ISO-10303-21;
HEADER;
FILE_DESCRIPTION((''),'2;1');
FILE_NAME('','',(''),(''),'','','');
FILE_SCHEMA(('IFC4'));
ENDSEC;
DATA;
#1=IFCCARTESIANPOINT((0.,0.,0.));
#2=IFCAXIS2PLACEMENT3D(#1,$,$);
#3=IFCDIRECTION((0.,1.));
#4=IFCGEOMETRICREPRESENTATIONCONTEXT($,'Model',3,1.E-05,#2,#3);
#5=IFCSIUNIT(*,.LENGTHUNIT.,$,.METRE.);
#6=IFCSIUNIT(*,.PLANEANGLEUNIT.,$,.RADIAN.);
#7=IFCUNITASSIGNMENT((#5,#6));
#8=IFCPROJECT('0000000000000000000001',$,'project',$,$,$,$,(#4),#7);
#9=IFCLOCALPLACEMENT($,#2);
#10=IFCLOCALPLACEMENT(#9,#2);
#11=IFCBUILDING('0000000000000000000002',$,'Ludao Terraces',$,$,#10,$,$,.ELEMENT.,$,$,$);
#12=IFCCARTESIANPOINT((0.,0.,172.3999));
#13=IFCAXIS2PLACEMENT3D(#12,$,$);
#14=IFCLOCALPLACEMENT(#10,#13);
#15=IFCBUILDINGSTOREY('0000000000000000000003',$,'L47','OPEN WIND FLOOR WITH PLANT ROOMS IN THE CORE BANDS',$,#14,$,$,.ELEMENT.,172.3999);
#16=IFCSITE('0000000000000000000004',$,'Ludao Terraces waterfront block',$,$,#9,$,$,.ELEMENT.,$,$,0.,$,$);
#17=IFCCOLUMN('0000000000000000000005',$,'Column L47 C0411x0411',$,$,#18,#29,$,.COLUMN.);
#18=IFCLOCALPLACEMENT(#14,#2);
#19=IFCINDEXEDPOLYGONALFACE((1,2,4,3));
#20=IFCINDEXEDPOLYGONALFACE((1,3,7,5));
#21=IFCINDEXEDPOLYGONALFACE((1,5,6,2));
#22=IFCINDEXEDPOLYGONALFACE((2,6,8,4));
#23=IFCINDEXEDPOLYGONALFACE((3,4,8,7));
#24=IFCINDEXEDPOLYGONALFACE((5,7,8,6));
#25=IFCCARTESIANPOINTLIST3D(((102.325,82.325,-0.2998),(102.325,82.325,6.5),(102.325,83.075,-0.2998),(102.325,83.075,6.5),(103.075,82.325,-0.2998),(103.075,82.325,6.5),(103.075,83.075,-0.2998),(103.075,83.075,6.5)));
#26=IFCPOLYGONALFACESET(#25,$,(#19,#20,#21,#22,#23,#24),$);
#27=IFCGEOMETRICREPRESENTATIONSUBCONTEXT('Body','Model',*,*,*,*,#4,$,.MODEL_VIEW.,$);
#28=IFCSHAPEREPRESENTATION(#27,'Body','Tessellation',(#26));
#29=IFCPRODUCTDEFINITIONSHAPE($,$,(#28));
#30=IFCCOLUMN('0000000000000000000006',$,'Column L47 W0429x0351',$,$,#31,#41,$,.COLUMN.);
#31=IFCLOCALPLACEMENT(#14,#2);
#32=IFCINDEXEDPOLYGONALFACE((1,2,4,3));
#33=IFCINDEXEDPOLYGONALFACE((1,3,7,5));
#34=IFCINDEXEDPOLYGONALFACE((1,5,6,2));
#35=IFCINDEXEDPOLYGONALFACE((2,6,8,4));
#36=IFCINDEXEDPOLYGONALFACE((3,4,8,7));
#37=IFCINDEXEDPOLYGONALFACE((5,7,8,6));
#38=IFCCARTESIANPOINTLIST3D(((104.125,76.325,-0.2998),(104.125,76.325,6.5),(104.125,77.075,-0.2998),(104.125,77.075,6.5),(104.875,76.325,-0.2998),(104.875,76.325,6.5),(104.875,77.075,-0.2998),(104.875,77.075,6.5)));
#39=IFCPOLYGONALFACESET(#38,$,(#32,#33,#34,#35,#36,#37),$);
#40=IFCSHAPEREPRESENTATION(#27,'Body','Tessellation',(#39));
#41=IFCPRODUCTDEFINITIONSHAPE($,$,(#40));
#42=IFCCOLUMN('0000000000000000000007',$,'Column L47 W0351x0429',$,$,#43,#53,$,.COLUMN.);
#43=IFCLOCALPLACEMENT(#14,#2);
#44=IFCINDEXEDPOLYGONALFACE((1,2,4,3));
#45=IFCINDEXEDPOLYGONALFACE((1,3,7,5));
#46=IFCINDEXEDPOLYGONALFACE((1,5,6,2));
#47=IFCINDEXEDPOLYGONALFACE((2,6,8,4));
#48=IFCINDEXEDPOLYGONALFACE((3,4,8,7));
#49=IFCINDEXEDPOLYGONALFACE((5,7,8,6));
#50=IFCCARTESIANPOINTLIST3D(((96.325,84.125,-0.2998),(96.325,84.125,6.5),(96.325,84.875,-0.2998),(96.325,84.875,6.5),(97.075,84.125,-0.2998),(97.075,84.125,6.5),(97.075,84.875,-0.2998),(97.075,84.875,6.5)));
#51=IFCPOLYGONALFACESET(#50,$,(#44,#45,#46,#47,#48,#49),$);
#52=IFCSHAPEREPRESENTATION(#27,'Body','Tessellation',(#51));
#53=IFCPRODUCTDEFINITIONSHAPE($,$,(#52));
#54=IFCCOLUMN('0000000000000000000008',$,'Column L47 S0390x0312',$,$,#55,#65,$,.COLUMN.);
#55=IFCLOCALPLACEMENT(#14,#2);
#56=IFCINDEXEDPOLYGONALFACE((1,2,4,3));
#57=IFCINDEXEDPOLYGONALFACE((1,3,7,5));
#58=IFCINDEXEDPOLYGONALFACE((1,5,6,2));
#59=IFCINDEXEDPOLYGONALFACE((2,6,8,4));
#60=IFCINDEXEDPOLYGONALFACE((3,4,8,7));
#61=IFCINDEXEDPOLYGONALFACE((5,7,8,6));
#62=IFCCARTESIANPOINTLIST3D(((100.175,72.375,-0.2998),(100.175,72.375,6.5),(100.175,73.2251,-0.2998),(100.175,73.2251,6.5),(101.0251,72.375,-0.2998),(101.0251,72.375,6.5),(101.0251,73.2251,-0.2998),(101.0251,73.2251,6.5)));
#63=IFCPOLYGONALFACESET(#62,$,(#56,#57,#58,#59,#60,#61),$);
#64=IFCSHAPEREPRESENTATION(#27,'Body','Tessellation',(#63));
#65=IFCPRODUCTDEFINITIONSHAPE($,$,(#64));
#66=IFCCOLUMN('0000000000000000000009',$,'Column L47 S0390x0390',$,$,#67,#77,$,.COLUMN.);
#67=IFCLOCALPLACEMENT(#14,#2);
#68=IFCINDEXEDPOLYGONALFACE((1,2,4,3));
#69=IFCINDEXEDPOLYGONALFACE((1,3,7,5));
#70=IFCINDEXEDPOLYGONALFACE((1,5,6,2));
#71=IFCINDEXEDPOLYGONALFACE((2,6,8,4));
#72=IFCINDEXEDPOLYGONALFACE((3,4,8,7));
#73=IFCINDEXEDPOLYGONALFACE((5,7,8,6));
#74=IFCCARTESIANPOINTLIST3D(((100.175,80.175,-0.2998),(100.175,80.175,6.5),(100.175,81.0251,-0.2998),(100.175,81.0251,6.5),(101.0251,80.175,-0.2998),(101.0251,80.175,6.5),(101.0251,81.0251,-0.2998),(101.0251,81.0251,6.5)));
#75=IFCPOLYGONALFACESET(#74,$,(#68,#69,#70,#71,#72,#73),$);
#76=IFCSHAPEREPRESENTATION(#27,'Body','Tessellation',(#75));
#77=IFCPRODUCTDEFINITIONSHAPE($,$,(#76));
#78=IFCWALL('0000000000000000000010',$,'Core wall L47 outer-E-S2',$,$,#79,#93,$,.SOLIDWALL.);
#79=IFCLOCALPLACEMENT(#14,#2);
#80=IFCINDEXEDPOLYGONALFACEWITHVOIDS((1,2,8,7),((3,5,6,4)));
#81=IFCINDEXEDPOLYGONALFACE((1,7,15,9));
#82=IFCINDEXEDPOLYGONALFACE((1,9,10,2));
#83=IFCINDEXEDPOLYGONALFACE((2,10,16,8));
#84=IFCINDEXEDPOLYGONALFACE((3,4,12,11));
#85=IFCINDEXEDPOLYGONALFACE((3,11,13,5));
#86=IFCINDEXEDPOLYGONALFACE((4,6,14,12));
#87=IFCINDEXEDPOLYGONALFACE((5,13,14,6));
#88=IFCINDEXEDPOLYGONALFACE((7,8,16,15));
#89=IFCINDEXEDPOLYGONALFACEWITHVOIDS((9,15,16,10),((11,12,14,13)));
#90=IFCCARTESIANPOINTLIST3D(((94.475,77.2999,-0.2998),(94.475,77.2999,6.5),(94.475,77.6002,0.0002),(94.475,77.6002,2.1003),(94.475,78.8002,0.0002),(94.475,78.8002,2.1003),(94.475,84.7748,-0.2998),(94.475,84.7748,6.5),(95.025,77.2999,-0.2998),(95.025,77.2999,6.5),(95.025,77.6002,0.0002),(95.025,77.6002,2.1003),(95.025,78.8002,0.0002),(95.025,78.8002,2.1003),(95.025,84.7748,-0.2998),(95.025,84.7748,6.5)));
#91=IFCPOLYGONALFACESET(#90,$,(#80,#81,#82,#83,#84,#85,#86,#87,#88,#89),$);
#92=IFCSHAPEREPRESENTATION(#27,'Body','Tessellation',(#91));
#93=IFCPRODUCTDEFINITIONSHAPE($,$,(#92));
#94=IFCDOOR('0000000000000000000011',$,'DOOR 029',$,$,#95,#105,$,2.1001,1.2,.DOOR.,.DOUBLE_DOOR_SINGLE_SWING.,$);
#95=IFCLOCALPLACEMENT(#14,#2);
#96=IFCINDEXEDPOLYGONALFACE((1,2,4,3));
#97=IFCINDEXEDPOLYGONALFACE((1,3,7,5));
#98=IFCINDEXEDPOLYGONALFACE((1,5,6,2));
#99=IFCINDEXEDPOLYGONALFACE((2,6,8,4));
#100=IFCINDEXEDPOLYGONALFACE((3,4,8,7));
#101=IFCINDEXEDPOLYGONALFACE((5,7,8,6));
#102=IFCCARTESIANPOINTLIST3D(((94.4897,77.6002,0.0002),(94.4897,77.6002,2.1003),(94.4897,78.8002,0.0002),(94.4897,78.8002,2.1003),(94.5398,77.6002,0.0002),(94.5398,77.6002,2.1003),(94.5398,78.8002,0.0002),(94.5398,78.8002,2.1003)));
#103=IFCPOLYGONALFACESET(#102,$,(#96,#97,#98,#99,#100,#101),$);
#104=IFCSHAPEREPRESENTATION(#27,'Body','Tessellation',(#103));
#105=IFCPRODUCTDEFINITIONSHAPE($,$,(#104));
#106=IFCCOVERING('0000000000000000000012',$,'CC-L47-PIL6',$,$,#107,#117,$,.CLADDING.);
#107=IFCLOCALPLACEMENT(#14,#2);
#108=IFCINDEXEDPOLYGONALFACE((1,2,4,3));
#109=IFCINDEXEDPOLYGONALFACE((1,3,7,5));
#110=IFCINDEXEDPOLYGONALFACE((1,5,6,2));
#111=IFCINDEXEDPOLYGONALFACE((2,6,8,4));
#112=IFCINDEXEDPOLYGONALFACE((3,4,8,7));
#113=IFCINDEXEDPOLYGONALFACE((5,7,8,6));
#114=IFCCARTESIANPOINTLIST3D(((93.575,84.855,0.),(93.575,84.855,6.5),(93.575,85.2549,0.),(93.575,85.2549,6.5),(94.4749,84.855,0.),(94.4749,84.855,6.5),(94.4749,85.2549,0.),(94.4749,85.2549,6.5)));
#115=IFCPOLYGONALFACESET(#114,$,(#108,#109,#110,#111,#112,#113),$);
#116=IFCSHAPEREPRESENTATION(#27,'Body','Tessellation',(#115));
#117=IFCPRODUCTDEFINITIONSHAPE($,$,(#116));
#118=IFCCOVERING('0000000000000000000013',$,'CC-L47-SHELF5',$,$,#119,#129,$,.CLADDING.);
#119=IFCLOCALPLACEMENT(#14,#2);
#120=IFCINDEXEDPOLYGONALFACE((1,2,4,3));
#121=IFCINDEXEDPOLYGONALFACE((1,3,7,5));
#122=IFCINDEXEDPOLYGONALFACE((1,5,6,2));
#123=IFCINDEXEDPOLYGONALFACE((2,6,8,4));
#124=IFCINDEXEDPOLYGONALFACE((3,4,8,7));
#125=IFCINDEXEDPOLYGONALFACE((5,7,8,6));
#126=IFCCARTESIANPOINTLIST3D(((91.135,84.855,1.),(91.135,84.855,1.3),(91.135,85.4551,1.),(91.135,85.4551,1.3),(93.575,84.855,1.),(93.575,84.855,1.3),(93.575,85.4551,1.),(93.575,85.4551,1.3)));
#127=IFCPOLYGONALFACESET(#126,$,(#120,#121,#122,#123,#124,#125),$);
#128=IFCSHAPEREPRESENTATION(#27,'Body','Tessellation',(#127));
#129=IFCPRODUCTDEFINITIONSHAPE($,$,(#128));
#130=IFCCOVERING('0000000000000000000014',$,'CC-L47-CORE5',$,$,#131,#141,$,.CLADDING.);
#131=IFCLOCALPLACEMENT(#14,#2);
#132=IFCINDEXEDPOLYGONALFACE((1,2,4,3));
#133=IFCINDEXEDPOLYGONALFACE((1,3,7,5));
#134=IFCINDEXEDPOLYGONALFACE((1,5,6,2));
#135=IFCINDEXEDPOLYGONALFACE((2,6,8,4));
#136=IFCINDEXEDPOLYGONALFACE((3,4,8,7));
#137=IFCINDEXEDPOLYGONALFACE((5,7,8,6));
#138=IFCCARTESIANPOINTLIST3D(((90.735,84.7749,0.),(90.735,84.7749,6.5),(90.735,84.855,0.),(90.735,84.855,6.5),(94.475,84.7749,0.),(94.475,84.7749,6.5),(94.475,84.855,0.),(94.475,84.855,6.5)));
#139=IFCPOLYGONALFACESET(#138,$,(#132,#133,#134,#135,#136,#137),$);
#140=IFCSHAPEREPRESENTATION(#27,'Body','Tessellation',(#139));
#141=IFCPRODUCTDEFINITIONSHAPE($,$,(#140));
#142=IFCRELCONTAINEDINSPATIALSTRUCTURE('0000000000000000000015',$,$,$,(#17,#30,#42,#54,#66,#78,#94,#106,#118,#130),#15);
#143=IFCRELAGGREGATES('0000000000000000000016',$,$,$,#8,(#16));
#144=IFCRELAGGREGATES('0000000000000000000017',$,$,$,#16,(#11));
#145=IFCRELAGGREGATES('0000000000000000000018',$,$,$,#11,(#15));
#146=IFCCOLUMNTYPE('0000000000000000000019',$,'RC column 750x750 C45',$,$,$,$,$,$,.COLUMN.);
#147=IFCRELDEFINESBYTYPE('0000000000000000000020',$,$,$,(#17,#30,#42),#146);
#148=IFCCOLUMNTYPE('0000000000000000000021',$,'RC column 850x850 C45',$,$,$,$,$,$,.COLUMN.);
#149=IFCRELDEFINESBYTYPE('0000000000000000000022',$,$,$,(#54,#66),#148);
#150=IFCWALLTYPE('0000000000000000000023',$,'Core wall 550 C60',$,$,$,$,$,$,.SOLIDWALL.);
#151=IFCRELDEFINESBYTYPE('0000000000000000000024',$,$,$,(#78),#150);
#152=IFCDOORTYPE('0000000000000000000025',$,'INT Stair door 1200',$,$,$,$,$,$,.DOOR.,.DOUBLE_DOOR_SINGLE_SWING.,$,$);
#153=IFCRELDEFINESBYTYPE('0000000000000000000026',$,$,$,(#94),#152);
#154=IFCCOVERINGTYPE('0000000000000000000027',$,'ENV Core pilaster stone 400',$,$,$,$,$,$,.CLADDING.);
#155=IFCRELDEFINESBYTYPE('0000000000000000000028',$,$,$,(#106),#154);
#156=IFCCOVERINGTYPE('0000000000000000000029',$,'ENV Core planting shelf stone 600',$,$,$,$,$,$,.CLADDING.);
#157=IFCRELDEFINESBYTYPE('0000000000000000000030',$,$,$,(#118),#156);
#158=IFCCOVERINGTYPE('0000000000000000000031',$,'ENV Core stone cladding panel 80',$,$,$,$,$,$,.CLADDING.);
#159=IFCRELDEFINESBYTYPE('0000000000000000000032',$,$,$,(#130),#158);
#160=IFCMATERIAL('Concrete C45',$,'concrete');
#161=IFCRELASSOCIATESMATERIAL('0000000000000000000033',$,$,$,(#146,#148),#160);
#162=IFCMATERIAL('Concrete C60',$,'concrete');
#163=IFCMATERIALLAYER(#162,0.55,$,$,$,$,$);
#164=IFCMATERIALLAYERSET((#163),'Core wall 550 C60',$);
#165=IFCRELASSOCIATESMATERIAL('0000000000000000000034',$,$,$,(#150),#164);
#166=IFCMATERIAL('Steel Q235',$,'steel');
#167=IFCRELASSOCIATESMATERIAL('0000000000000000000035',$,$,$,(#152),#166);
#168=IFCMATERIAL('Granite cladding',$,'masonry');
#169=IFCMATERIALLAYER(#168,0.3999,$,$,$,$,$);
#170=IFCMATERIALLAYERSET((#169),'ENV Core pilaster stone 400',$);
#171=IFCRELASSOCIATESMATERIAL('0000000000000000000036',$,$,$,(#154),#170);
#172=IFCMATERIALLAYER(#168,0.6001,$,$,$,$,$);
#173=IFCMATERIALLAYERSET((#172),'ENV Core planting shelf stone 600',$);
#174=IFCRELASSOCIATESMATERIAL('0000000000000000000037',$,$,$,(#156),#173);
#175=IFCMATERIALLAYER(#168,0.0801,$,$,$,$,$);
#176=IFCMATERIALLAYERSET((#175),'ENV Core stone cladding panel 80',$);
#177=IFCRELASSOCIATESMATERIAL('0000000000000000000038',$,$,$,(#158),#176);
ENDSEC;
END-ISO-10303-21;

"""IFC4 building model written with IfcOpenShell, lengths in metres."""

from ifc_helpers import new_model, si_unit, direction, frame, frame_2d, origin, origin_2d, place, context, subcontext, project, spatial, rectangle, extrude, material, layer, layer_set, material_profile, profile_set, type_object, element, fill, save


model = new_model("IFC4")

# Units and contexts
model_context = context("Model", 3, precision=1e-05, world=origin(), true_north=direction((0.0, 1.0)))
body_context = subcontext(model_context, "Body", "Model", "MODEL_VIEW")
ifc_project = project(units=[si_unit("LENGTHUNIT", "METRE"), si_unit("PLANEANGLEUNIT", "RADIAN")], contexts=[model_context])

# Site, building, storey
site_placement = place(None, origin())
site = spatial("IfcSite", under=ifc_project, at=site_placement, Name="Ludao Terraces waterfront block", CompositionType="ELEMENT", RefElevation=0.0)
building_placement = place(site_placement, origin())
building = spatial("IfcBuilding", under=site, at=building_placement, Name="Ludao Terraces", CompositionType="ELEMENT")
storey_placement = place(building_placement, frame((0.0, 0.0, 172.3999)))
storey = spatial("IfcBuildingStorey", under=building, at=storey_placement, Name="L47", Description="OPEN WIND FLOOR WITH PLANT ROOMS IN THE CORE BANDS", CompositionType="ELEMENT", Elevation=172.3999)

# Columns
ifc_material_1 = material(Name="Concrete C45", Category="concrete")
ifc_material_profile_1 = material_profile(ifc_material_1, rectangle(XDim=0.75, YDim=0.75, at=origin_2d()), Name="750 X 750")
ifc_profile_set_1 = profile_set([ifc_material_profile_1], Name="Concrete C45")
column_type_1 = type_object("IfcColumnType", Name="RC column 750x750 C45", PredefinedType="COLUMN", material=ifc_profile_set_1)
for number, where, z_axis, x_axis, name in (
    (1, (102.7, 82.7, -0.2998), (0.0, 0.0, 1.0), (1.0, 0.0, 0.0), "Column L47 C0411x0411"),
    (2, (104.5, 76.7, -0.2998), (0.0, 0.0, 1.0), (1.0, 0.0, 0.0), "Column L47 W0429x0351"),
    (3, (96.7, 84.5, -0.2998), (0.0, 0.0, 1.0), (1.0, 0.0, 0.0), "Column L47 W0351x0429"),
):
    element("IfcColumn", number, at=place(storey_placement, frame(where, z_axis=z_axis, x_axis=x_axis)), inside=storey, type_object=column_type_1, Name=name, PredefinedType="COLUMN", context=body_context, shape_type="SweptSolid", body=[
        extrude(rectangle(XDim=0.75, YDim=0.75, at=origin_2d()), origin(), (0.0, 0.0, 1.0), 6.7998),
    ])
ifc_material_profile_2 = material_profile(ifc_material_1, rectangle(XDim=0.8501, YDim=0.8501, at=origin_2d()), Name="850 X 850")
ifc_profile_set_2 = profile_set([ifc_material_profile_2], Name="Concrete C45")
column_type_2 = type_object("IfcColumnType", Name="RC column 850x850 C45", PredefinedType="COLUMN", material=ifc_profile_set_2)
for number, where, z_axis, x_axis, name in (
    (4, (100.6001, 72.8, -0.2998), (0.0, 0.0, 1.0), (1.0, 0.0, 0.0), "Column L47 S0390x0312"),
    (5, (100.6001, 80.6001, -0.2998), (0.0, 0.0, 1.0), (1.0, 0.0, 0.0), "Column L47 S0390x0390"),
):
    element("IfcColumn", number, at=place(storey_placement, frame(where, z_axis=z_axis, x_axis=x_axis)), inside=storey, type_object=column_type_2, Name=name, PredefinedType="COLUMN", context=body_context, shape_type="SweptSolid", body=[
        extrude(rectangle(XDim=0.8501, YDim=0.8501, at=origin_2d()), origin(), (0.0, 0.0, 1.0), 6.7998),
    ])

# Wall, opening, door
ifc_material_2 = material(Name="Concrete C60", Category="concrete")
ifc_layer_1 = layer(ifc_material_2, 0.55)
ifc_layer_set_1 = layer_set([ifc_layer_1], Name="Core wall 550 C60")
wall_type = type_object("IfcWallType", Name="Core wall 550 C60", PredefinedType="SOLIDWALL", material=ifc_layer_set_1)
wall_placement = place(storey_placement, frame((94.75, 77.3, -0.2998), z_axis=(0.0, 0.0, 1.0), x_axis=(0.0, 1.0, 0.0)))
wall = element("IfcWall", 6, at=wall_placement, inside=storey, type_object=wall_type, Name="Core wall L47 outer-E-S2", PredefinedType="SOLIDWALL", context=body_context, shape_type="SweptSolid", body=[
    extrude(rectangle(XDim=7.4749, YDim=0.55, at=frame_2d((3.7373, 0.0))), origin(), (0.0, 0.0, 1.0), 6.7998),
])
opening_placement = place(wall_placement, frame((0.3, 0.0, 0.3)))
opening = element("IfcOpeningElement", 7, at=opening_placement, cuts=wall, PredefinedType="OPENING", context=body_context, shape_type="SweptSolid", body=[
    extrude(rectangle(XDim=1.2, YDim=2.1001, at=frame_2d((0.6001, 1.05))), frame((0.0, 0.2852, 0.0), z_axis=(0.0, -1.0, 0.0), x_axis=(1.0, 0.0, 0.0)), (0.0, 0.0, 1.0), 0.5701),
])
ifc_material_3 = material(Name="Steel Q235", Category="steel")
door_type = type_object("IfcDoorType", Name="INT Stair door 1200", OperationType="DOUBLE_DOOR_SINGLE_SWING", PredefinedType="DOOR", material=ifc_material_3)
door_placement = place(opening_placement, origin())
door = element("IfcDoor", 8, at=door_placement, inside=storey, type_object=door_type, Name="DOOR 029", OperationType="DOUBLE_DOOR_SINGLE_SWING", OverallHeight=2.1001, OverallWidth=1.2, PredefinedType="DOOR", context=body_context, shape_type="SweptSolid", body=[
    extrude(rectangle(XDim=1.2, YDim=2.1001, at=frame_2d((0.6001, 1.05))), frame((0.0, 0.2603, 0.0), z_axis=(0.0, -1.0, 0.0), x_axis=(1.0, 0.0, 0.0)), (0.0, 0.0, 1.0), 0.05),
])
fill(opening, door)

# Coverings
ifc_material_4 = material(Name="Granite cladding", Category="masonry")
ifc_layer_2 = layer(ifc_material_4, 0.3999)
ifc_layer_set_2 = layer_set([ifc_layer_2], Name="ENV Core pilaster stone 400")
covering_type_1 = type_object("IfcCoveringType", Name="ENV Core pilaster stone 400", PredefinedType="CLADDING", material=ifc_layer_set_2)
covering_1_placement = place(storey_placement, frame((94.0249, 85.0549, 0.0), z_axis=(0.0, 0.0, 1.0), x_axis=(1.0, 0.0, 0.0)))
element("IfcCovering", 9, at=covering_1_placement, inside=storey, type_object=covering_type_1, Name="CC-L47-PIL6", PredefinedType="CLADDING", context=body_context, shape_type="SweptSolid", body=[
    extrude(rectangle(XDim=0.8999, YDim=0.3999, at=origin_2d()), origin(), (0.0, 0.0, 1.0), 6.5),
])
ifc_layer_3 = layer(ifc_material_4, 0.6001)
ifc_layer_set_3 = layer_set([ifc_layer_3], Name="ENV Core planting shelf stone 600")
covering_type_2 = type_object("IfcCoveringType", Name="ENV Core planting shelf stone 600", PredefinedType="CLADDING", material=ifc_layer_set_3)
covering_2_placement = place(storey_placement, frame((92.355, 85.155, 1.0), z_axis=(0.0, 0.0, 1.0), x_axis=(1.0, 0.0, 0.0)))
element("IfcCovering", 10, at=covering_2_placement, inside=storey, type_object=covering_type_2, Name="CC-L47-SHELF5", PredefinedType="CLADDING", context=body_context, shape_type="SweptSolid", body=[
    extrude(rectangle(XDim=2.4399, YDim=0.6001, at=origin_2d()), origin(), (0.0, 0.0, 1.0), 0.3),
])
ifc_layer_4 = layer(ifc_material_4, 0.0801)
ifc_layer_set_4 = layer_set([ifc_layer_4], Name="ENV Core stone cladding panel 80")
covering_type_3 = type_object("IfcCoveringType", Name="ENV Core stone cladding panel 80", PredefinedType="CLADDING", material=ifc_layer_set_4)
covering_3_placement = place(storey_placement, frame((92.605, 84.8149, 0.0), z_axis=(0.0, 0.0, 1.0), x_axis=(1.0, 0.0, 0.0)))
element("IfcCovering", 11, at=covering_3_placement, inside=storey, type_object=covering_type_3, Name="CC-L47-CORE5", PredefinedType="CLADDING", context=body_context, shape_type="SweptSolid", body=[
    extrude(rectangle(XDim=3.74, YDim=0.0801, at=origin_2d()), origin(), (0.0, 0.0, 1.0), 6.5),
])

save(model, "model.ifc")
